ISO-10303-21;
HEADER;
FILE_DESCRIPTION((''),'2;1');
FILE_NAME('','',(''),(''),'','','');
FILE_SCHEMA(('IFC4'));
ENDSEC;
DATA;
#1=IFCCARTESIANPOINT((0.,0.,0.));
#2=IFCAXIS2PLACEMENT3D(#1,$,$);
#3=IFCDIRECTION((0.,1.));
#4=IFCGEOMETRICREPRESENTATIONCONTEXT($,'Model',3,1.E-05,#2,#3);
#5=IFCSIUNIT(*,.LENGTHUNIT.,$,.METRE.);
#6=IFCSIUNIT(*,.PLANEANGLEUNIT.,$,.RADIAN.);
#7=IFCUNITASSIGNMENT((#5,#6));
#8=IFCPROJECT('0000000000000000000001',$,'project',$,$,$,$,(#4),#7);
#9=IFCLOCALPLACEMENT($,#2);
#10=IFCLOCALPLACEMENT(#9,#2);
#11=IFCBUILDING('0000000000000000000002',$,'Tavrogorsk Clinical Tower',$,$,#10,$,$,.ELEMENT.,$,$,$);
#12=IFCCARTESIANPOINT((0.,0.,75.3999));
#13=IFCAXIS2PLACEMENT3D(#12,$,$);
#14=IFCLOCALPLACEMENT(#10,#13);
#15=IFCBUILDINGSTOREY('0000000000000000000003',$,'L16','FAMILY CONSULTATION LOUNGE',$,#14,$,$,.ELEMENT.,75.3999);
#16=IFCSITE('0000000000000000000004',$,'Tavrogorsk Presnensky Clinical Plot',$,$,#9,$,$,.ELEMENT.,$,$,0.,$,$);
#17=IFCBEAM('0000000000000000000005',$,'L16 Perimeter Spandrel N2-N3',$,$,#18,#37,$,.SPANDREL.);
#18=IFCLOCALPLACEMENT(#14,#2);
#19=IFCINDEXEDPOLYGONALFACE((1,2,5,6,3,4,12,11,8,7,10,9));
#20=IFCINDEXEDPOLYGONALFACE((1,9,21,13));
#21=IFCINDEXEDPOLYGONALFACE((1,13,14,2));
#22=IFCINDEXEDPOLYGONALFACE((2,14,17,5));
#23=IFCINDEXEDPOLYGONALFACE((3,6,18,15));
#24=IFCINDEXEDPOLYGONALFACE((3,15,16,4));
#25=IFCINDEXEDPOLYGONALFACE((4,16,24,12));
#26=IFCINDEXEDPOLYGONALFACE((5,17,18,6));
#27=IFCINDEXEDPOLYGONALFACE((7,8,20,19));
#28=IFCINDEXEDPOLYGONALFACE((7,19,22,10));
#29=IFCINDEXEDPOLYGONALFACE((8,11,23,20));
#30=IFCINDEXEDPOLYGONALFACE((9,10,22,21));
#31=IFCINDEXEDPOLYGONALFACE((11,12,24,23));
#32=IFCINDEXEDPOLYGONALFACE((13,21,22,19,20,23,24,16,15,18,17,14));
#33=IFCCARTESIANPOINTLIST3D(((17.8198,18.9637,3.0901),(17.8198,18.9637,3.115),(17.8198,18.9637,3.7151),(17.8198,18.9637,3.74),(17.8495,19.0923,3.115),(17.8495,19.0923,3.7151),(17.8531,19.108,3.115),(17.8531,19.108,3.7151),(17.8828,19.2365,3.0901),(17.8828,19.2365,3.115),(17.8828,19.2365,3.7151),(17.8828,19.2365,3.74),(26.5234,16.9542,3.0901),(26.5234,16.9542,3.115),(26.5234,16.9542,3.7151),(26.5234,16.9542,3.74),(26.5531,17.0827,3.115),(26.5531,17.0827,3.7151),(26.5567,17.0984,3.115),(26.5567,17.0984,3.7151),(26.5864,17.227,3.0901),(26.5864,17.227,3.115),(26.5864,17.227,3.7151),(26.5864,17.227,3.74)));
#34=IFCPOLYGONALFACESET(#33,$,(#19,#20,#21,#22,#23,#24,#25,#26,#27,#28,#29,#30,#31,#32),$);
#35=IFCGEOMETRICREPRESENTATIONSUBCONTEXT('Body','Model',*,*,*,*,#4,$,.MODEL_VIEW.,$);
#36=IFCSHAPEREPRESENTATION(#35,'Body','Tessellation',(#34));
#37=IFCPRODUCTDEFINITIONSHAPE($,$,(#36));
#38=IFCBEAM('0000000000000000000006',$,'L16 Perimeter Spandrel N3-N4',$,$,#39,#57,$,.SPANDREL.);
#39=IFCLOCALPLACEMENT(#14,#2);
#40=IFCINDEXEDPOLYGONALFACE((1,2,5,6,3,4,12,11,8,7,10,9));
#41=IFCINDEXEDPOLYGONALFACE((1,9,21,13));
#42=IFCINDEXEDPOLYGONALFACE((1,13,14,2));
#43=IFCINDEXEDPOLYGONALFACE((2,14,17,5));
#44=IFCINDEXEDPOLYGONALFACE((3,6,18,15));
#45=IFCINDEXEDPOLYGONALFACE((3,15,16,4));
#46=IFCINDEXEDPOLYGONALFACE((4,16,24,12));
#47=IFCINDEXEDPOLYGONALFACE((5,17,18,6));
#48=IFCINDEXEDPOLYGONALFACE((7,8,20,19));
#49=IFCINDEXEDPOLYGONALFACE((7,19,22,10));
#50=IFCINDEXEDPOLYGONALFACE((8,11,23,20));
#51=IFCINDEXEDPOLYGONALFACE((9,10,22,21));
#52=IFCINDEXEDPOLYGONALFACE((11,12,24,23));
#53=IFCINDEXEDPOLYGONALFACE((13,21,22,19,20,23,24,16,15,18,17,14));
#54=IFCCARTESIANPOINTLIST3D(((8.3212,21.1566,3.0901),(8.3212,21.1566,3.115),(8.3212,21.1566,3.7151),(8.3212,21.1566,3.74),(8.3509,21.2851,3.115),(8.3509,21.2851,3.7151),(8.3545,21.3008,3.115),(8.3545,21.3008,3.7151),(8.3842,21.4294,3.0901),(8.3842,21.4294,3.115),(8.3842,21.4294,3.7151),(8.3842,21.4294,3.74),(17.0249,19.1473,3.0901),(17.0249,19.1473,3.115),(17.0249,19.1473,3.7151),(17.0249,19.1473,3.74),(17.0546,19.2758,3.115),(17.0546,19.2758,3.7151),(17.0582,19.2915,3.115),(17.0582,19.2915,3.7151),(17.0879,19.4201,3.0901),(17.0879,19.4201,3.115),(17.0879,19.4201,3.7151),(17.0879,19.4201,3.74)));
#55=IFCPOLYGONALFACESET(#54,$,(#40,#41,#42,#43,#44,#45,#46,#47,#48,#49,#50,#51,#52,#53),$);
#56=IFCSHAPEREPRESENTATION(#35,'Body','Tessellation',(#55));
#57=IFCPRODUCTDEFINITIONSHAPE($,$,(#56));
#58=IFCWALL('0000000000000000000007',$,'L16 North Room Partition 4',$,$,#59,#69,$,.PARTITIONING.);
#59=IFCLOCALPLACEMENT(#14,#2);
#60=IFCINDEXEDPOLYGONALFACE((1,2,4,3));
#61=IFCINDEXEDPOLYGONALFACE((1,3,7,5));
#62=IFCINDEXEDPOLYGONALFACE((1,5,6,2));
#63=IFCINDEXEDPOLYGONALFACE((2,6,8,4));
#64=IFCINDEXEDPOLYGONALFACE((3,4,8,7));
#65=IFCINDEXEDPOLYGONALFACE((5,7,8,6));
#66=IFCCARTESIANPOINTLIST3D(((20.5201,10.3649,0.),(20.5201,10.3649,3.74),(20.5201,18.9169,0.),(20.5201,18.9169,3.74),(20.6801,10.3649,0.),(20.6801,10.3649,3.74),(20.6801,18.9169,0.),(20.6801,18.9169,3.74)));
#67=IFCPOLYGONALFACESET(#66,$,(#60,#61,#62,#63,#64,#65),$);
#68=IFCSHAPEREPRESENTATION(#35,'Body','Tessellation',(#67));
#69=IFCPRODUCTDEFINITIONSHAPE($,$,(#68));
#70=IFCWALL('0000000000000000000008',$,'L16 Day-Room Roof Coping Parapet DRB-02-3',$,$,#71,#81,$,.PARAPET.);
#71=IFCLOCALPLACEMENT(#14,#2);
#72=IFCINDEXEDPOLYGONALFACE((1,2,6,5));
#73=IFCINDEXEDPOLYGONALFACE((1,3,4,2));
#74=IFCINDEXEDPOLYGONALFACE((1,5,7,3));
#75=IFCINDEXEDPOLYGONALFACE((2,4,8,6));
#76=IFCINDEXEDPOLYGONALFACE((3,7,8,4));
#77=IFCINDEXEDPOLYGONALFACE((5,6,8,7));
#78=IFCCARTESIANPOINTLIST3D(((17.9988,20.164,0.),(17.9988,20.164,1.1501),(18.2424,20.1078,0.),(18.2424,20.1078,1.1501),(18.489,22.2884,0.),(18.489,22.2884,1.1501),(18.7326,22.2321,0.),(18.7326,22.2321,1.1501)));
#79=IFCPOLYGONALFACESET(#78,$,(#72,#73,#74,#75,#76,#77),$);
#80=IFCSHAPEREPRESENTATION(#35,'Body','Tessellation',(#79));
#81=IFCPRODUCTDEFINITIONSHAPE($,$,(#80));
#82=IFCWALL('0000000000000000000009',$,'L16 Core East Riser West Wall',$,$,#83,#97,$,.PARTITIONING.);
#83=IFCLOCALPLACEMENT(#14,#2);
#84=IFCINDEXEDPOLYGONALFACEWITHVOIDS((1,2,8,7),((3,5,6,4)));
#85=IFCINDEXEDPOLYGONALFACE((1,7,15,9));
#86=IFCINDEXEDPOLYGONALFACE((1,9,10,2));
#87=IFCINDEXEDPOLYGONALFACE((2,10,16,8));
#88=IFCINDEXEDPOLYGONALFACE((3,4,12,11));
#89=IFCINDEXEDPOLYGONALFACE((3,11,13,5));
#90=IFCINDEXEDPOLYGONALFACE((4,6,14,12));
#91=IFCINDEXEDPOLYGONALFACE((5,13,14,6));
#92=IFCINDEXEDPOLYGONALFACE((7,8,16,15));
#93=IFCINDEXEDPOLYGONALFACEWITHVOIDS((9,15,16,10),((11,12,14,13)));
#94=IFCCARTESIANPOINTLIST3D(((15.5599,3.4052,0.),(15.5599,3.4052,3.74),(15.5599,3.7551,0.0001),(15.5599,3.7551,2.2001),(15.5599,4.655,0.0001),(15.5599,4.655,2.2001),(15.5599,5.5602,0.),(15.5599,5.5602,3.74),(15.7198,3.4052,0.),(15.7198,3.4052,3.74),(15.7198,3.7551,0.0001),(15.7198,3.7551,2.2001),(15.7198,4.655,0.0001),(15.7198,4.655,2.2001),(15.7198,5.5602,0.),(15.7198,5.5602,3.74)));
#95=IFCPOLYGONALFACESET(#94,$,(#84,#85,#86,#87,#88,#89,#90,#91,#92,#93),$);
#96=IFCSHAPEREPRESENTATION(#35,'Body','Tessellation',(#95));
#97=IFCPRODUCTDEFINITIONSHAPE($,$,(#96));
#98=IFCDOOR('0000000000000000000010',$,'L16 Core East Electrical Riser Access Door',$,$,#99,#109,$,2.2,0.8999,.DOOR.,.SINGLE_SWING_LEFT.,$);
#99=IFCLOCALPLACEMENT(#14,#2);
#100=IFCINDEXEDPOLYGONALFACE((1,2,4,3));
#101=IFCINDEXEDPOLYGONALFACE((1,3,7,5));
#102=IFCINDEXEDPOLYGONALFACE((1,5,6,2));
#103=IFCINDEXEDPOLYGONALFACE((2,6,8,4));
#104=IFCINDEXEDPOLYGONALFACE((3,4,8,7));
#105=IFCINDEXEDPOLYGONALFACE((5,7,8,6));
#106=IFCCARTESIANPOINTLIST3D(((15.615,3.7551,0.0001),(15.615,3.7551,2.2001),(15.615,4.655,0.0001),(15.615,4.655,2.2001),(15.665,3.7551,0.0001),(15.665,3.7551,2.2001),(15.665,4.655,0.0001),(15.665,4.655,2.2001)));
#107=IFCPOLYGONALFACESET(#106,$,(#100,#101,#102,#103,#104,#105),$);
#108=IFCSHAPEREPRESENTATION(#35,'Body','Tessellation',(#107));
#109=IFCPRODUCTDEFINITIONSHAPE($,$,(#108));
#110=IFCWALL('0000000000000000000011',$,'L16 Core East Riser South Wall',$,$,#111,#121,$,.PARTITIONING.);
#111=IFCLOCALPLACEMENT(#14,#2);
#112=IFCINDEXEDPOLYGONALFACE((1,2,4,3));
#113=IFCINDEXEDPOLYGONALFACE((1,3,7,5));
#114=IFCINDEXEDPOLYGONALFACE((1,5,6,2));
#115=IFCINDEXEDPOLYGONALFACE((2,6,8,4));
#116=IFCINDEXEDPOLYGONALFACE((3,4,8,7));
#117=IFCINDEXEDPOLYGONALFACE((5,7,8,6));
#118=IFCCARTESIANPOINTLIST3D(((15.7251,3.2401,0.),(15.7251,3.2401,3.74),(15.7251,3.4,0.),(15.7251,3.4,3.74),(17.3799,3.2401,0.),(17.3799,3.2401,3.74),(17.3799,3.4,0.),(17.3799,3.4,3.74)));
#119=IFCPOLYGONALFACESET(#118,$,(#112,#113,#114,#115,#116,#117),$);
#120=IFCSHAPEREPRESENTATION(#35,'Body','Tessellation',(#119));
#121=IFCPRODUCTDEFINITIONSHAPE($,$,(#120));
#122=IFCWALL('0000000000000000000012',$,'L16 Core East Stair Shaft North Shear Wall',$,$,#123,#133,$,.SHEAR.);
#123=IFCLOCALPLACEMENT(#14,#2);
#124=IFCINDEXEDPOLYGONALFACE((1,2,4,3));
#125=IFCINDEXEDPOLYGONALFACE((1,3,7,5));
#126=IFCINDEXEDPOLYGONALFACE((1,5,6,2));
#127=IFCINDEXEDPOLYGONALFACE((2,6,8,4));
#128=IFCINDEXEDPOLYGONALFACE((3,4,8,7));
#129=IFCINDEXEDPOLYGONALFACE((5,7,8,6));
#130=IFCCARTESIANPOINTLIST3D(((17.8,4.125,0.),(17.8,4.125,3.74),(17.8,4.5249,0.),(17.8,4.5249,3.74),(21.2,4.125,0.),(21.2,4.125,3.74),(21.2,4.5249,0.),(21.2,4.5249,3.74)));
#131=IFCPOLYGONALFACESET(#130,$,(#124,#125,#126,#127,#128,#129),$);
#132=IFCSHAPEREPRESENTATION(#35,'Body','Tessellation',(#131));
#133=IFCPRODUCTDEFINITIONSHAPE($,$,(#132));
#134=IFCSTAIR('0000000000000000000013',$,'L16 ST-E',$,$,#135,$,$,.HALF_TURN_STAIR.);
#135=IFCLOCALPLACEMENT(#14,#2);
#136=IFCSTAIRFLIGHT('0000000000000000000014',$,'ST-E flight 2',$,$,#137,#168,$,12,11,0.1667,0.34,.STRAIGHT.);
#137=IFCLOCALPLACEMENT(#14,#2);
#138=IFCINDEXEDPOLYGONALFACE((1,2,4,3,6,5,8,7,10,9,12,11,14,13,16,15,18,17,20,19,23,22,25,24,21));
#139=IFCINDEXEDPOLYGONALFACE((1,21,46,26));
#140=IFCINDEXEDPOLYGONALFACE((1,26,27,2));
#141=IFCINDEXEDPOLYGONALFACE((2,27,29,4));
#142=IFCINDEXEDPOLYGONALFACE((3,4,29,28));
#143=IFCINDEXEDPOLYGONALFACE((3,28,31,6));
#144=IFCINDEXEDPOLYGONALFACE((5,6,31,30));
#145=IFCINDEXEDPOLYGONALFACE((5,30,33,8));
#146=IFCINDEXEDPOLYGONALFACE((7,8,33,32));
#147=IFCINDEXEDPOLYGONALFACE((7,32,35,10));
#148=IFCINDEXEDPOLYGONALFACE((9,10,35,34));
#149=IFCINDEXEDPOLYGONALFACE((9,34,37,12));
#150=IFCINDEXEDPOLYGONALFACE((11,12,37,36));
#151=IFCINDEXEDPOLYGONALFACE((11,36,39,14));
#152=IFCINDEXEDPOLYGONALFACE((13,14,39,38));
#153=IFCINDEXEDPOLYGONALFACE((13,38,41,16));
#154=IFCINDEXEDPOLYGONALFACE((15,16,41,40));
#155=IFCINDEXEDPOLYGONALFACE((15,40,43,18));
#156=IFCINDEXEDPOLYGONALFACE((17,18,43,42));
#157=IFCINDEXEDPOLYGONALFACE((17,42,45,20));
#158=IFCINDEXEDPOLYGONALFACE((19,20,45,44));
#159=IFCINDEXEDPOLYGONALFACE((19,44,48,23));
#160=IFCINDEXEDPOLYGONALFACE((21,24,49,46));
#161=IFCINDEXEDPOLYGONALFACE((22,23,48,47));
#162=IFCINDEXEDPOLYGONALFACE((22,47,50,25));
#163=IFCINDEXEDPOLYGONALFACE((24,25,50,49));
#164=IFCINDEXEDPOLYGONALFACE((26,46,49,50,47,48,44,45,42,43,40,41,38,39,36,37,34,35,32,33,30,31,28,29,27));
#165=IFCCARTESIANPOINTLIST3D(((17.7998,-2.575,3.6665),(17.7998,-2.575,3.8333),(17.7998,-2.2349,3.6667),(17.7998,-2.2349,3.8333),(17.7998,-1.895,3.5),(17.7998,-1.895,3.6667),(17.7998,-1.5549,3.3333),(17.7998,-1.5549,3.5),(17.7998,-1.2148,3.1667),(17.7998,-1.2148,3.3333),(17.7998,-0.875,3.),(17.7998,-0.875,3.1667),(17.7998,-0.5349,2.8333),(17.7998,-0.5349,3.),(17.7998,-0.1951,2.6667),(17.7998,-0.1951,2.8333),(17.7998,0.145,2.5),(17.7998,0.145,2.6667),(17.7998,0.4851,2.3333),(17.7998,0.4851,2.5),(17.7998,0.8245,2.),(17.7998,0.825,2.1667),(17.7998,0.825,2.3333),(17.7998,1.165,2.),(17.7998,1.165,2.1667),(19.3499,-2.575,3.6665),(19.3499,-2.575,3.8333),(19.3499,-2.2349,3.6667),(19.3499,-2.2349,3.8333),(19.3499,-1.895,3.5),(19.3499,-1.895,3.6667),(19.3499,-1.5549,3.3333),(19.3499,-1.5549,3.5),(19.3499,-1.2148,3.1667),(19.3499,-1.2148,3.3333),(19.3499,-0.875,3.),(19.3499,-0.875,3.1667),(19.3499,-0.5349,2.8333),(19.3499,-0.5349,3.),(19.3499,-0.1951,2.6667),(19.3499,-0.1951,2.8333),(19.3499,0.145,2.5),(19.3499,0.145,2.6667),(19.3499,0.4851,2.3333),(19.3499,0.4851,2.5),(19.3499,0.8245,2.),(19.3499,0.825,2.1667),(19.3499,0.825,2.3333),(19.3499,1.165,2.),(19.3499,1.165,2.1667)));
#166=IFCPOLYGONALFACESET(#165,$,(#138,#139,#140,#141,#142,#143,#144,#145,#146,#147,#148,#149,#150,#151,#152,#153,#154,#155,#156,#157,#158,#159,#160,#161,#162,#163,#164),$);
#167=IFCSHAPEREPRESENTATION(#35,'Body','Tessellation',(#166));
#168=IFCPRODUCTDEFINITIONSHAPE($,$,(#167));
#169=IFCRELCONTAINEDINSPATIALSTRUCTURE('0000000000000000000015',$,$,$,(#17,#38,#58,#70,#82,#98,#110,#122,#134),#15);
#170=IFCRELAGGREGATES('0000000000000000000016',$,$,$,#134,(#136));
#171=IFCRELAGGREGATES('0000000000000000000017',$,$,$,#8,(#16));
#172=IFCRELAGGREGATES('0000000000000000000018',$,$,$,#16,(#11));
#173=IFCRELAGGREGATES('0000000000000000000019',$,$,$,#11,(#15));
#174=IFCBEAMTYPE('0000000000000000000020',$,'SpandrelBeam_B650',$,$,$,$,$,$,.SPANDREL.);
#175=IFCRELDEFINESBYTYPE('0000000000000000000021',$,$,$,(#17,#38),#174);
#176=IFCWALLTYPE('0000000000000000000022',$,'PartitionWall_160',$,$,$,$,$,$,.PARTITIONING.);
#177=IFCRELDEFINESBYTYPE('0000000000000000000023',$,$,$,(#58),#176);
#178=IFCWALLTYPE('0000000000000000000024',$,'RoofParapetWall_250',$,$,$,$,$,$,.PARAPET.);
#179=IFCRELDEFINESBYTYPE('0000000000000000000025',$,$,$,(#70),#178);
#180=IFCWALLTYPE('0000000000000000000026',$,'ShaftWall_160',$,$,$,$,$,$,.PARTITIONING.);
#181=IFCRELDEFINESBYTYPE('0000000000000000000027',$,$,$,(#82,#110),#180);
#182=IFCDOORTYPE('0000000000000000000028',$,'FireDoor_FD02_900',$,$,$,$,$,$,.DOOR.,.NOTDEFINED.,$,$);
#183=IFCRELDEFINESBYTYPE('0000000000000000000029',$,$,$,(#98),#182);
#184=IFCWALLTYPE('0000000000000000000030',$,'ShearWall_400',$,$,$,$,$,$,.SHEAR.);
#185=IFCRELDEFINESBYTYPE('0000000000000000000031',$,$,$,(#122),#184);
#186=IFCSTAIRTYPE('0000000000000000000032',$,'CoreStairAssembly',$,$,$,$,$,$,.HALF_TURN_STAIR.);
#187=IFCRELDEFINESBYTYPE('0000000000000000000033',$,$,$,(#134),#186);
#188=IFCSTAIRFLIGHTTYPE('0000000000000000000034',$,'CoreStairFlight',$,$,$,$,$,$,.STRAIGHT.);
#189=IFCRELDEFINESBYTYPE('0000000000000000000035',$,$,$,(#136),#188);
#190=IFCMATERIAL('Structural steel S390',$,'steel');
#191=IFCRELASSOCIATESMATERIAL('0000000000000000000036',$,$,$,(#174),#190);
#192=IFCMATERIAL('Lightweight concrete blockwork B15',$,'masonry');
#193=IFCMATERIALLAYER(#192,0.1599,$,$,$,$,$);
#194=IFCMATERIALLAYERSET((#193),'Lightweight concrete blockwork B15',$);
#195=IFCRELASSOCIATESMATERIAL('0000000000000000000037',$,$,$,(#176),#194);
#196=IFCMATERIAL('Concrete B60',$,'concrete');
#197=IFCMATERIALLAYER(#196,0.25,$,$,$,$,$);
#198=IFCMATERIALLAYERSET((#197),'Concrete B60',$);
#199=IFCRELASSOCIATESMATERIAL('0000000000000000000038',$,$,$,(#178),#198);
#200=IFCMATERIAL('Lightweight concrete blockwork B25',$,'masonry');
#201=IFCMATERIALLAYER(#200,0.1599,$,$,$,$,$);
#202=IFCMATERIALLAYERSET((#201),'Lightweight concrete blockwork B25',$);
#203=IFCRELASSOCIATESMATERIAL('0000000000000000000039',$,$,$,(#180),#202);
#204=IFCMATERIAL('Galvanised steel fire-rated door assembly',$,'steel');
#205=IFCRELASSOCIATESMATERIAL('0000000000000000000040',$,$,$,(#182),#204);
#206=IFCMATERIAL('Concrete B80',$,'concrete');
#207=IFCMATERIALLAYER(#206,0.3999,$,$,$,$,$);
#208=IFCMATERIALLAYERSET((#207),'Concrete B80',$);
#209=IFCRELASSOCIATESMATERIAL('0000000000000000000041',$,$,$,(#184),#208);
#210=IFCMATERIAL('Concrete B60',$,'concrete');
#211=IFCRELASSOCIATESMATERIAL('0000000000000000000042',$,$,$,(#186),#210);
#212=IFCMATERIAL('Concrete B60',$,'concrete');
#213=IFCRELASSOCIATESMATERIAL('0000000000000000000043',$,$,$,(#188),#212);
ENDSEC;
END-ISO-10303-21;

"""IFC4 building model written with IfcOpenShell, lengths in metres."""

from ifc_helpers import new_model, si_unit, direction, frame, frame_2d, origin, origin_2d, place, context, subcontext, project, spatial, polyline, rectangle, i_section, outline, extrude, material, layer, layer_set, material_profile, profile_set, type_object, element, fill, aggregate, save


model = new_model("IFC4")

# Units and contexts
model_context = context("Model", 3, precision=1e-05, world=origin(), true_north=direction((0.0, 1.0)))
body_context = subcontext(model_context, "Body", "Model", "MODEL_VIEW")
ifc_project = project(units=[si_unit("LENGTHUNIT", "METRE"), si_unit("PLANEANGLEUNIT", "RADIAN")], contexts=[model_context])

# Site, building, storey
site_placement = place(None, origin())
site = spatial("IfcSite", under=ifc_project, at=site_placement, Name="Tavrogorsk Presnensky Clinical Plot", CompositionType="ELEMENT", RefElevation=0.0)
building_placement = place(site_placement, origin())
building = spatial("IfcBuilding", under=site, at=building_placement, Name="Tavrogorsk Clinical Tower", CompositionType="ELEMENT")
storey_placement = place(building_placement, frame((0.0, 0.0, 75.3999)))
storey = spatial("IfcBuildingStorey", under=building, at=storey_placement, Name="L16", Description="FAMILY CONSULTATION LOUNGE", CompositionType="ELEMENT", Elevation=75.3999)

# Beams
ifc_material_1 = material(Name="Structural steel S390", Category="steel")
ifc_material_profile_1 = material_profile(ifc_material_1, i_section(OverallWidth=0.28, OverallDepth=0.6499, WebThickness=0.0161, FlangeThickness=0.0249, at=origin_2d()), Name="B-650x280x16x25")
ifc_profile_set_1 = profile_set([ifc_material_profile_1], Name="Structural steel S390")
beam_type_1 = type_object("IfcBeamType", Name="SpandrelBeam_B650", PredefinedType="SPANDREL", material=ifc_profile_set_1)
for number, where, z_axis, x_axis, name in (
    (1, (26.5549, 17.0906, 3.415), (-0.974367, 0.224965, 0.0), (-0.224965, -0.974367, 0.0), "L16 Perimeter Spandrel N2-N3"),
    (2, (17.0564, 19.2837, 3.415), (-0.974373, 0.224939, 0.0), (-0.224939, -0.974373, 0.0), "L16 Perimeter Spandrel N3-N4"),
):
    element("IfcBeam", number, at=place(storey_placement, frame(where, z_axis=z_axis, x_axis=x_axis)), inside=storey, type_object=beam_type_1, Name=name, PredefinedType="SPANDREL", context=body_context, shape_type="SweptSolid", body=[
        extrude(i_section(OverallWidth=0.28, OverallDepth=0.6499, WebThickness=0.0161, FlangeThickness=0.0249, at=origin_2d()), origin(), (0.0, 0.0, 1.0), 8.9326),
    ])

# Walls
ifc_material_2 = material(Name="Lightweight concrete blockwork B15", Category="masonry")
ifc_layer_1 = layer(ifc_material_2, 0.1599)
ifc_layer_set_1 = layer_set([ifc_layer_1], Name="Lightweight concrete blockwork B15")
wall_type_1 = type_object("IfcWallType", Name="PartitionWall_160", PredefinedType="PARTITIONING", material=ifc_layer_set_1)
wall_1_placement = place(storey_placement, frame((20.6001, 10.365, 0.0), z_axis=(0.0, 0.0, 1.0), x_axis=(0.0, 1.0, 0.0)))
element("IfcWall", 3, at=wall_1_placement, inside=storey, type_object=wall_type_1, Name="L16 North Room Partition 4", PredefinedType="PARTITIONING", context=body_context, shape_type="SweptSolid", body=[
    extrude(rectangle(XDim=8.552, YDim=0.1599, at=frame_2d((4.2759, 0.0))), origin(), (0.0, 0.0, 1.0), 3.74),
])
ifc_material_3 = material(Name="Concrete B60", Category="concrete")
ifc_layer_2 = layer(ifc_material_3, 0.25)
ifc_layer_set_2 = layer_set([ifc_layer_2], Name="Concrete B60")
wall_type_2 = type_object("IfcWallType", Name="RoofParapetWall_250", PredefinedType="PARAPET", material=ifc_layer_set_2)
wall_2_placement = place(storey_placement, frame((18.6108, 22.2603, 0.0), z_axis=(0.0, 0.0, 1.0), x_axis=(-0.224868, -0.974389, 0.0)))
element("IfcWall", 4, at=wall_2_placement, inside=storey, type_object=wall_type_2, Name="L16 Day-Room Roof Coping Parapet DRB-02-3", PredefinedType="PARAPET", context=body_context, shape_type="SweptSolid", body=[
    extrude(rectangle(XDim=2.1802, YDim=0.25, at=frame_2d((1.0901, 0.0))), origin(), (0.0, 0.0, 1.0), 1.1501),
])

# Wall, opening, door
ifc_material_4 = material(Name="Lightweight concrete blockwork B25", Category="masonry")
ifc_layer_3 = layer(ifc_material_4, 0.1599)
ifc_layer_set_3 = layer_set([ifc_layer_3], Name="Lightweight concrete blockwork B25")
wall_type_3 = type_object("IfcWallType", Name="ShaftWall_160", PredefinedType="PARTITIONING", material=ifc_layer_set_3)
wall_3_placement = place(storey_placement, frame((15.6399, 3.405, 0.0), z_axis=(0.0, 0.0, 1.0), x_axis=(0.0, 1.0, 0.0)))
wall_3 = element("IfcWall", 5, at=wall_3_placement, inside=storey, type_object=wall_type_3, Name="L16 Core East Riser West Wall", PredefinedType="PARTITIONING", context=body_context, shape_type="SweptSolid", body=[
    extrude(rectangle(XDim=2.155, YDim=0.1599, at=frame_2d((1.0776, 0.0))), origin(), (0.0, 0.0, 1.0), 3.74),
])
opening_placement = place(wall_3_placement, frame((0.3501, 0.0, 0.0)))
opening = element("IfcOpeningElement", 6, at=opening_placement, cuts=wall_3, PredefinedType="OPENING", context=body_context, shape_type="SweptSolid", body=[
    extrude(rectangle(XDim=0.8999, YDim=2.2, at=frame_2d((0.45, 1.1001))), frame((0.0, 0.0898, 0.0), z_axis=(0.0, -1.0, 0.0), x_axis=(1.0, 0.0, 0.0)), (0.0, 0.0, 1.0), 0.1799),
])
ifc_material_5 = material(Name="Galvanised steel fire-rated door assembly", Category="steel")
door_type = type_object("IfcDoorType", Name="FireDoor_FD02_900", OperationType="NOTDEFINED", PredefinedType="DOOR", material=ifc_material_5)
door_placement = place(opening_placement, origin())
door = element("IfcDoor", 7, at=door_placement, inside=storey, type_object=door_type, Name="L16 Core East Electrical Riser Access Door", OperationType="SINGLE_SWING_LEFT", OverallHeight=2.2, OverallWidth=0.8999, PredefinedType="DOOR", context=body_context, shape_type="SweptSolid", body=[
    extrude(rectangle(XDim=0.8999, YDim=2.2, at=frame_2d((0.45, 1.1001))), frame((0.0, 0.0249, 0.0), z_axis=(0.0, -1.0, 0.0), x_axis=(1.0, 0.0, 0.0)), (0.0, 0.0, 1.0), 0.05),
])
fill(opening, door)

# Walls
wall_4_placement = place(storey_placement, frame((15.7251, 3.3201, 0.0), z_axis=(0.0, 0.0, 1.0), x_axis=(1.0, 0.0, 0.0)))
element("IfcWall", 8, at=wall_4_placement, inside=storey, type_object=wall_type_3, Name="L16 Core East Riser South Wall", PredefinedType="PARTITIONING", context=body_context, shape_type="SweptSolid", body=[
    extrude(rectangle(XDim=1.6548, YDim=0.1599, at=frame_2d((0.8274, 0.0))), origin(), (0.0, 0.0, 1.0), 3.74),
])
ifc_material_6 = material(Name="Concrete B80", Category="concrete")
ifc_layer_4 = layer(ifc_material_6, 0.3999)
ifc_layer_set_4 = layer_set([ifc_layer_4], Name="Concrete B80")
wall_type_4 = type_object("IfcWallType", Name="ShearWall_400", PredefinedType="SHEAR", material=ifc_layer_set_4)
wall_5_placement = place(storey_placement, frame((17.8, 4.325, 0.0), z_axis=(0.0, 0.0, 1.0), x_axis=(1.0, 0.0, 0.0)))
element("IfcWall", 9, at=wall_5_placement, inside=storey, type_object=wall_type_4, Name="L16 Core East Stair Shaft North Shear Wall", PredefinedType="SHEAR", context=body_context, shape_type="SweptSolid", body=[
    extrude(rectangle(XDim=3.3999, YDim=0.3999, at=frame_2d((1.7, 0.0))), origin(), (0.0, 0.0, 1.0), 3.74),
])

# Stair, stair flight
ifc_material_7 = material(Name="Concrete B60", Category="concrete")
stair_type = type_object("IfcStairType", Name="CoreStairAssembly", PredefinedType="HALF_TURN_STAIR", material=ifc_material_7)
stair_placement = place(storey_placement, origin())
stair = element("IfcStair", 10, at=stair_placement, inside=storey, type_object=stair_type, Name="L16 ST-E", PredefinedType="HALF_TURN_STAIR")
ifc_material_8 = material(Name="Concrete B60", Category="concrete")
stair_flight_type = type_object("IfcStairFlightType", Name="CoreStairFlight", PredefinedType="STRAIGHT", material=ifc_material_8)
stair_flight_placement = place(storey_placement, frame((18.575, 1.165, 2.0), z_axis=(0.0, 0.0, 1.0), x_axis=(0.0, -1.0, 0.0)))
stair_flight = element("IfcStairFlight", 11, at=stair_flight_placement, type_object=stair_flight_type, Name="ST-E flight 2", NumberOfRisers=12, NumberOfTreads=11, PredefinedType="STRAIGHT", RiserHeight=0.1667, TreadLength=0.34, context=body_context, shape_type="SweptSolid", body=[
    extrude(outline(polyline([(0.0, 0.0), (0.0, 0.1667), (0.3401, 0.1667), (0.3401, 0.3333), (0.6799, 0.3333), (0.6799, 0.5), (1.02, 0.5), (1.02, 0.6667), (1.3601, 0.6667), (1.3601, 0.8333), (1.7, 0.8333), (1.7, 1.0), (2.04, 1.0), (2.04, 1.1667), (2.3799, 1.1667), (2.3799, 1.3333), (2.72, 1.3333), (2.72, 1.5), (3.0601, 1.5), (3.0601, 1.6667), (3.3999, 1.6667), (3.3999, 1.8333), (3.74, 1.8333), (3.74, 2.0), (3.74, 1.6665), (0.3406, 0.0), (0.0, 0.0)])), frame((0.0, 0.7749, 0.0), z_axis=(0.0, -1.0, 0.0), x_axis=(1.0, 0.0, 0.0)), (0.0, 0.0, 1.0), 1.55),
])
aggregate(stair, [stair_flight])

save(model, "model.ifc")
